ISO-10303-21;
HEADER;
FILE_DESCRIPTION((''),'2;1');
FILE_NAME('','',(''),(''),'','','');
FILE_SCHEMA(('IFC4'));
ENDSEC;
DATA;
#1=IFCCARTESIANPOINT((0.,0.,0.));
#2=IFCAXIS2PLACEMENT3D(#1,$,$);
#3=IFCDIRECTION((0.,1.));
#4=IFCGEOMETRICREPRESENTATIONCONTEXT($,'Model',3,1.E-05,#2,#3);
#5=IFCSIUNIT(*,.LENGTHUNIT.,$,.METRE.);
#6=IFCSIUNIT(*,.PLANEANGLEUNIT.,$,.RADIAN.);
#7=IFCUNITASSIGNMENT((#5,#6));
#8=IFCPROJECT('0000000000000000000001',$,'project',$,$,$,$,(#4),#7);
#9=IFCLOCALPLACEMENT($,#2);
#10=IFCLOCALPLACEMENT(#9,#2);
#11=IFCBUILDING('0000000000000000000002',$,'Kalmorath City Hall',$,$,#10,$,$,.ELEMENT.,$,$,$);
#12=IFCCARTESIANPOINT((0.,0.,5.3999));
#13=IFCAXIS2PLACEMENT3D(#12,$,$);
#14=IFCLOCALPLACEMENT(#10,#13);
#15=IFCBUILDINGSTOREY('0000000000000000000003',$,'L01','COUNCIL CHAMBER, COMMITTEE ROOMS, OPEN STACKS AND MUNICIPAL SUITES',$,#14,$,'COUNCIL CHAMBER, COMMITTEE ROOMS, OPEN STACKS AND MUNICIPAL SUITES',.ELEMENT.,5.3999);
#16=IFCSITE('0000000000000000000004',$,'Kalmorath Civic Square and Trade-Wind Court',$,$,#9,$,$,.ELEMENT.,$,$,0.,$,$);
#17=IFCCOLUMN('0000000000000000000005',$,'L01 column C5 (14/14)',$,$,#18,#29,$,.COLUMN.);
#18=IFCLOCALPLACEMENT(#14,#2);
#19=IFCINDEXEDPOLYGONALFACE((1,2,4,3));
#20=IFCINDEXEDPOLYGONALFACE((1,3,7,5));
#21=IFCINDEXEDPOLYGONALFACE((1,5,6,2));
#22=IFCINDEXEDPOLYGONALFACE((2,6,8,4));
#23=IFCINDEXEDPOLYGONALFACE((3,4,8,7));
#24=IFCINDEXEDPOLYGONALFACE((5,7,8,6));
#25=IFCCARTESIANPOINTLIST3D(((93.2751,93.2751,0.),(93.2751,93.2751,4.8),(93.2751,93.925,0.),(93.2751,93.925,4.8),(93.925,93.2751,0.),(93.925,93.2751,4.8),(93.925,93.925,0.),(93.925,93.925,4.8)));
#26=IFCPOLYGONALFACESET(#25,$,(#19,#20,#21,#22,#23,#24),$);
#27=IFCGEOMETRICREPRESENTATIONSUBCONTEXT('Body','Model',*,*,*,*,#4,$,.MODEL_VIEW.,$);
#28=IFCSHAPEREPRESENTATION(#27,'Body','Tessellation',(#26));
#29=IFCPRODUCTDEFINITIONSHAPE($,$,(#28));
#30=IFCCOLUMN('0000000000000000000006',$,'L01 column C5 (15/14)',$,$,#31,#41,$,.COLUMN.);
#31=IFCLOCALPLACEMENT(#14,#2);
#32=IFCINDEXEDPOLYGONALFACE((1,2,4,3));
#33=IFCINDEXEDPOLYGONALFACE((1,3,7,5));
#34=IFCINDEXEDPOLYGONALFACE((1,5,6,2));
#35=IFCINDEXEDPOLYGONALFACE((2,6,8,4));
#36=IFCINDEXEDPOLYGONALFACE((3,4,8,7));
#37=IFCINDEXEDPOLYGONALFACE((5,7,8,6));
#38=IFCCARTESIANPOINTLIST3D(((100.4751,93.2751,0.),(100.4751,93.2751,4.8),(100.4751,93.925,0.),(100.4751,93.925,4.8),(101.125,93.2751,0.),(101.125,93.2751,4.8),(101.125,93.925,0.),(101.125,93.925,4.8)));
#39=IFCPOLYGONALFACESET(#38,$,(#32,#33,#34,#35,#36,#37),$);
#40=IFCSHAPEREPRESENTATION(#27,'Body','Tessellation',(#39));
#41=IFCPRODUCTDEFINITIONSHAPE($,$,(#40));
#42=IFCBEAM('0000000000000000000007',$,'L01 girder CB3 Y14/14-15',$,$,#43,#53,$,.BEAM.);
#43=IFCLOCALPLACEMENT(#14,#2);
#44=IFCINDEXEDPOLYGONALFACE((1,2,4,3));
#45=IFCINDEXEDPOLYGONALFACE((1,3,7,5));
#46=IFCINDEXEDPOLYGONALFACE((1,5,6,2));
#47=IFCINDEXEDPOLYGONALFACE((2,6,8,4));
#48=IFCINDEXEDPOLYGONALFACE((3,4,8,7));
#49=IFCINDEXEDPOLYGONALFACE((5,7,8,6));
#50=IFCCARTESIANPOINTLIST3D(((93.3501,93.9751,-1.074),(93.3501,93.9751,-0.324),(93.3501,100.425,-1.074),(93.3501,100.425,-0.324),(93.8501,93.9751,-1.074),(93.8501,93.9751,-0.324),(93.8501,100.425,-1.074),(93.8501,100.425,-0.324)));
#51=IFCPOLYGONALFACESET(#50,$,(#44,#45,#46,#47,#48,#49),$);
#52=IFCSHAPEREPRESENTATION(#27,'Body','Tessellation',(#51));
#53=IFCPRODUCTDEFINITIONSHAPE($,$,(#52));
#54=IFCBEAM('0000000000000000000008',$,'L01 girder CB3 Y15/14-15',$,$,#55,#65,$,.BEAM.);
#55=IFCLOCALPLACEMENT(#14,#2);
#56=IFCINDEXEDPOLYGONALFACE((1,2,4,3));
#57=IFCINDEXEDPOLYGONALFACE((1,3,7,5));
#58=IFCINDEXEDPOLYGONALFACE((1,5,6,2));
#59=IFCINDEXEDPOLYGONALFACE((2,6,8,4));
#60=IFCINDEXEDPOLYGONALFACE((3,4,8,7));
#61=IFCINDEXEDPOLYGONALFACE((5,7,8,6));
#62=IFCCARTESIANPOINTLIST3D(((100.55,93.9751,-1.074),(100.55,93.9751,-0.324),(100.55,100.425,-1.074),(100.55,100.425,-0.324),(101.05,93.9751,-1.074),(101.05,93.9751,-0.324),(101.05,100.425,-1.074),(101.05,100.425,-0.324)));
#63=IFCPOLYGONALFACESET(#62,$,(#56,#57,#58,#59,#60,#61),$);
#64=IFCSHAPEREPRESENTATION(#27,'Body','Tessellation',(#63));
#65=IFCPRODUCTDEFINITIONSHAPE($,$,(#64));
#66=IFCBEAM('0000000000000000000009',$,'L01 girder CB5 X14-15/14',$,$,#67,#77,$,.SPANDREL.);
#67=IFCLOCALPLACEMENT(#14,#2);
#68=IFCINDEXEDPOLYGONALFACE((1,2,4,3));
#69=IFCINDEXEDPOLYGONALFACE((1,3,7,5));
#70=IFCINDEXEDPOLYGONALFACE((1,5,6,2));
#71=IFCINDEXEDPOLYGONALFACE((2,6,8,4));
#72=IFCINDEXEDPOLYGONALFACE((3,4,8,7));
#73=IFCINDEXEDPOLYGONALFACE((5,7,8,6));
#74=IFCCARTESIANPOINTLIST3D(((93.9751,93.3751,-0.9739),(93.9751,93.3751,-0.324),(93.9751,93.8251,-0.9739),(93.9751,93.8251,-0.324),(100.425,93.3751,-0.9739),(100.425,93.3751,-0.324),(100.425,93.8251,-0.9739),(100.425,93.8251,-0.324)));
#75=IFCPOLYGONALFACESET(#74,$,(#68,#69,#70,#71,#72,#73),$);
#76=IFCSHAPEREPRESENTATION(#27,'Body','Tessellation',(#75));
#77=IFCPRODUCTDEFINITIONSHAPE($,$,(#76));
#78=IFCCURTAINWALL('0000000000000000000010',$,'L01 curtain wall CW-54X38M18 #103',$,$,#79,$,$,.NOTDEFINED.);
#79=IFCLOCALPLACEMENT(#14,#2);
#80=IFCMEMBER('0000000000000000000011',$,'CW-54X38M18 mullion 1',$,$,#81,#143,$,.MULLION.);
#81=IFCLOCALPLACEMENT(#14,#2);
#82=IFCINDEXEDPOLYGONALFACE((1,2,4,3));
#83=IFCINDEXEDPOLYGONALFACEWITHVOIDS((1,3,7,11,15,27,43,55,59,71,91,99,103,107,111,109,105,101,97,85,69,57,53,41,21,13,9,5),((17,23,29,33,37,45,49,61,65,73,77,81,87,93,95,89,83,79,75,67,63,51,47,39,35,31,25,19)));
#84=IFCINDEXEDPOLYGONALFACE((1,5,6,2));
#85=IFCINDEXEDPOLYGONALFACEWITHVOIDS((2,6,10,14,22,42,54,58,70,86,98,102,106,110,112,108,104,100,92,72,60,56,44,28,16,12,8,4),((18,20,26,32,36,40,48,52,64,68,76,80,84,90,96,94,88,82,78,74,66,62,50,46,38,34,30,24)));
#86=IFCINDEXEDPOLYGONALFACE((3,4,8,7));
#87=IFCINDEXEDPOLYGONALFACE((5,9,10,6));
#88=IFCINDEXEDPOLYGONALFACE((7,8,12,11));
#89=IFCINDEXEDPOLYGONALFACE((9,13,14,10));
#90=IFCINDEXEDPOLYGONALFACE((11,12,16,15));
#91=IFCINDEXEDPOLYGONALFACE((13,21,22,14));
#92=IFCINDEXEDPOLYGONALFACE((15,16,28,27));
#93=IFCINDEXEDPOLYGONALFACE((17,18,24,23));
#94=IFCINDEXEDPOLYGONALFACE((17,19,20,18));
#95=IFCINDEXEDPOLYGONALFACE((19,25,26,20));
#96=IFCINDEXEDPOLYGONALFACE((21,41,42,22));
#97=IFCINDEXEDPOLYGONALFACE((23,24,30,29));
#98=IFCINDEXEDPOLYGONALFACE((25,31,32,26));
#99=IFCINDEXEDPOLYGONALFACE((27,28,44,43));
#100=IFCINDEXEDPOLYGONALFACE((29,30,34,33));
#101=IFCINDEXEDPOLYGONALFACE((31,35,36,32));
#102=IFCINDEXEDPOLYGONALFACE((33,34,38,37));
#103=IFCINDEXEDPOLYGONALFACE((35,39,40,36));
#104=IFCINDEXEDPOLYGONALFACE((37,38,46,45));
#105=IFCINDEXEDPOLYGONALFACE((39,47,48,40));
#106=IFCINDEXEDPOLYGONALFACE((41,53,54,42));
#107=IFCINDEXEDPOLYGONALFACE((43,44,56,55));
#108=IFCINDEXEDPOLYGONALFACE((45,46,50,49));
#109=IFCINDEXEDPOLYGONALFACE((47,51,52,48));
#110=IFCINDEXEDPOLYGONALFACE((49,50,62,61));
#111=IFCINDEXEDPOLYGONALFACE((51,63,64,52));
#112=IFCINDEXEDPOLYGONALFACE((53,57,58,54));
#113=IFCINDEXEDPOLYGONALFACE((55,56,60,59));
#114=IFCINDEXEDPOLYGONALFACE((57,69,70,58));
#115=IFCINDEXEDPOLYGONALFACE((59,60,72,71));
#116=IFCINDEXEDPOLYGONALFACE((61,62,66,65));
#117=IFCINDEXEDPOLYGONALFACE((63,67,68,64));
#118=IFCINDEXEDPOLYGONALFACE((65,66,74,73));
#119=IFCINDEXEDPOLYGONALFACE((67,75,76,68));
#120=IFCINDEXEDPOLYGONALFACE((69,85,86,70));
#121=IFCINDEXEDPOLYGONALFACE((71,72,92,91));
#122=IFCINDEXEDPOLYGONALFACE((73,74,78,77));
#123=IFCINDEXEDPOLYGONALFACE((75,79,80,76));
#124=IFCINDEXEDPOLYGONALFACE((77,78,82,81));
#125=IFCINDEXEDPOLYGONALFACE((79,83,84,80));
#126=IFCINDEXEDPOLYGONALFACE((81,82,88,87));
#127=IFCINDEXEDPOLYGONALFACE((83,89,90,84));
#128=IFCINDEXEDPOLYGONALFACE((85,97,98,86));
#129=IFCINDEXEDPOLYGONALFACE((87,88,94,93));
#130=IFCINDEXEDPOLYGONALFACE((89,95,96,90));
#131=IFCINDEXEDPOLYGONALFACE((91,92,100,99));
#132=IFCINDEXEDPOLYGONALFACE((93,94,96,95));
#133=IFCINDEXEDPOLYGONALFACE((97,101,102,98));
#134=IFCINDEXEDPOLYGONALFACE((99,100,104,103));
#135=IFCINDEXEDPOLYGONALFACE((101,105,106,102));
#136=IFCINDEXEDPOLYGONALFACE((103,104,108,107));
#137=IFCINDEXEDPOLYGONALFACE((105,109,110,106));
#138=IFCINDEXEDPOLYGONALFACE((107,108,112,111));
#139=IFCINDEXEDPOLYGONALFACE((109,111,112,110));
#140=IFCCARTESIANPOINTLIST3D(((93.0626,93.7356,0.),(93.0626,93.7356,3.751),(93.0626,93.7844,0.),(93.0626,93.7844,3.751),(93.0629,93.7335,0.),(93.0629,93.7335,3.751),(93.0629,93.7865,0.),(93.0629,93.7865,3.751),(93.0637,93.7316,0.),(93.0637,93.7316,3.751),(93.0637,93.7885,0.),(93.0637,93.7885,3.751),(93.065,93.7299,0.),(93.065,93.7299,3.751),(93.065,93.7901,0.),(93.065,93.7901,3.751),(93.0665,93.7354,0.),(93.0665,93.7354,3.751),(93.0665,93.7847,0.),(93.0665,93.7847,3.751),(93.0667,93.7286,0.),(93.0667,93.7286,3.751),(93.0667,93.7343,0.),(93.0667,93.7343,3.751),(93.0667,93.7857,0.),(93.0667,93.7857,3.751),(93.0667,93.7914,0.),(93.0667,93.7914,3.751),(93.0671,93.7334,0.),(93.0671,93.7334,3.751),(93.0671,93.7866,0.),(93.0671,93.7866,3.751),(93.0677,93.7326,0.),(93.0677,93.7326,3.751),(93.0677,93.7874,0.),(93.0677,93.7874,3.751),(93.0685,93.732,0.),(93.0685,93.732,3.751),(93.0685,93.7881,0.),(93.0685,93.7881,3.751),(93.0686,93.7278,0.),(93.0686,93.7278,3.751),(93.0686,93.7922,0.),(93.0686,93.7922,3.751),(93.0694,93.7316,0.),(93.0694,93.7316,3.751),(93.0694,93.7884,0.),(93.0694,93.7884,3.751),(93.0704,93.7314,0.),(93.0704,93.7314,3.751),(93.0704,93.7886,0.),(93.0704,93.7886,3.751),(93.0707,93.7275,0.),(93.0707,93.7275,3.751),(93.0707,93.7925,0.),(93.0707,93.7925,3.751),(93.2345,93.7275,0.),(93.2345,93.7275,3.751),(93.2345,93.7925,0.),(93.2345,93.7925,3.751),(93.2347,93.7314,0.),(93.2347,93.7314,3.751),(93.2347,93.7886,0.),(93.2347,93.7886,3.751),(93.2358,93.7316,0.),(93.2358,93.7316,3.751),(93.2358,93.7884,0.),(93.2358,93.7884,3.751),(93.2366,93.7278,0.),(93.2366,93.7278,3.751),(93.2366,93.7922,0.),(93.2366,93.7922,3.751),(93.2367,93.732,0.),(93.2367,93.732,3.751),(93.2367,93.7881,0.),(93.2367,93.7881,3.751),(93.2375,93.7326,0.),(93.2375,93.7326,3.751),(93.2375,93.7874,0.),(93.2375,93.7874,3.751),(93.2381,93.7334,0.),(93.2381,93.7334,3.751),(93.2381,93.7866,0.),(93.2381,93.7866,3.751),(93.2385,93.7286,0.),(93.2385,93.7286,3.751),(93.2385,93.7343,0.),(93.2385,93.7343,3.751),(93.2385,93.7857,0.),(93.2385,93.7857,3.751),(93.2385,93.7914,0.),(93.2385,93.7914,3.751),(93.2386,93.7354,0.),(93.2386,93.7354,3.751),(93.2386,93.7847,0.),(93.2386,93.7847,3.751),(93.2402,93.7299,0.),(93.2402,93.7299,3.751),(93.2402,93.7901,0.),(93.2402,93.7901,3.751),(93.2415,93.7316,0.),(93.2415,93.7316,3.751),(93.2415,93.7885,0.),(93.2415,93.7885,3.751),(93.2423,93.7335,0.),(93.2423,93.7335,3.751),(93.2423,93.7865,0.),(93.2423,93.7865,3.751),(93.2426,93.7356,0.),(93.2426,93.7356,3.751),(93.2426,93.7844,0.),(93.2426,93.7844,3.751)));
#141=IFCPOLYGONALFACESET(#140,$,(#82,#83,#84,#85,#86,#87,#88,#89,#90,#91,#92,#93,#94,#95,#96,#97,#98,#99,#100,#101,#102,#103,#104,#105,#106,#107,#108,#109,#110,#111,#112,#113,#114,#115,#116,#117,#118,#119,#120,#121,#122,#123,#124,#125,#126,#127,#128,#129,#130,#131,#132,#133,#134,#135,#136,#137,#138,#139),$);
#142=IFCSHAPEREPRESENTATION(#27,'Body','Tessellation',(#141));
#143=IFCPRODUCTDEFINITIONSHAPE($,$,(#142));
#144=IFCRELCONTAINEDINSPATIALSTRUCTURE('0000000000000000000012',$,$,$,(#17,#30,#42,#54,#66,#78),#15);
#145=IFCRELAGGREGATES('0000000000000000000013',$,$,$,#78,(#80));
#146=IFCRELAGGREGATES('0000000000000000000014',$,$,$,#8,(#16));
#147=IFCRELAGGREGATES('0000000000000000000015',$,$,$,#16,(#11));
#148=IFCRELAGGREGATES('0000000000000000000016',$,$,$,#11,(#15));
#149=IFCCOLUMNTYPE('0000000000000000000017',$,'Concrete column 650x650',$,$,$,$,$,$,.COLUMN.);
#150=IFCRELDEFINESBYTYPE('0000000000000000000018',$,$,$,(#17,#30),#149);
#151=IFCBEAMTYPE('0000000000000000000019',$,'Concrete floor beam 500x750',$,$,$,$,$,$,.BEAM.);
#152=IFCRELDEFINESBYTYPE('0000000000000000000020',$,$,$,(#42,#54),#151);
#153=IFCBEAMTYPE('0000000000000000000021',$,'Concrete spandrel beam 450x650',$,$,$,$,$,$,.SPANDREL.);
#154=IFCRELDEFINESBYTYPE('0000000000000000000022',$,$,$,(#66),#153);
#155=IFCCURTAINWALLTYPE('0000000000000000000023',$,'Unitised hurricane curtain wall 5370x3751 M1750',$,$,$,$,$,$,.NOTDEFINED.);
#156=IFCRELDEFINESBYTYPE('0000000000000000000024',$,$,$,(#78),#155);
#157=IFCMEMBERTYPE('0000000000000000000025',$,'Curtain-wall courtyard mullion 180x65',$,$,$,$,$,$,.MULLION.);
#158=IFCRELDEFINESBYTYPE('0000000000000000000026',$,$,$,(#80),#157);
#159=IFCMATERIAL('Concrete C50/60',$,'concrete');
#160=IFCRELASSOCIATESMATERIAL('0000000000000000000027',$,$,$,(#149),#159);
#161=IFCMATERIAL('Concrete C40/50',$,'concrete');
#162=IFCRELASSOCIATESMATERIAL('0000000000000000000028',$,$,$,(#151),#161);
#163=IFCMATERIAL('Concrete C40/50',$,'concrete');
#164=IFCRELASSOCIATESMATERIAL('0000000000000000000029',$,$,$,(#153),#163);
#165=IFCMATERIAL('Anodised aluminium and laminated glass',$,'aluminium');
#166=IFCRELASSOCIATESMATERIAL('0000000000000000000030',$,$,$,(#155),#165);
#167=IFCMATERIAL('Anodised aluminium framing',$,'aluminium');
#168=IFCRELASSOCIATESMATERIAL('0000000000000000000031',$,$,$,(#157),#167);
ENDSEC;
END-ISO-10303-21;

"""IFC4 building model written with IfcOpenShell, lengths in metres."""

from ifc_helpers import new_model, si_unit, direction, frame, origin, origin_2d, place, context, subcontext, project, spatial, rectangle, hollow_rectangle, extrude, material, material_profile, profile_set, type_object, element, aggregate, save


model = new_model("IFC4")

# Units and contexts
model_context = context("Model", 3, precision=1e-05, world=origin(), true_north=direction((0.0, 1.0)))
body_context = subcontext(model_context, "Body", "Model", "MODEL_VIEW")
ifc_project = project(units=[si_unit("LENGTHUNIT", "METRE"), si_unit("PLANEANGLEUNIT", "RADIAN")], contexts=[model_context])

# Site, building, storey
site_placement = place(None, origin())
site = spatial("IfcSite", under=ifc_project, at=site_placement, Name="Kalmorath Civic Square and Trade-Wind Court", CompositionType="ELEMENT", RefElevation=0.0)
building_placement = place(site_placement, origin())
building = spatial("IfcBuilding", under=site, at=building_placement, Name="Kalmorath City Hall", CompositionType="ELEMENT")
storey_placement = place(building_placement, frame((0.0, 0.0, 5.3999)))
storey = spatial("IfcBuildingStorey", under=building, at=storey_placement, Name="L01", Description="COUNCIL CHAMBER, COMMITTEE ROOMS, OPEN STACKS AND MUNICIPAL SUITES", LongName="COUNCIL CHAMBER, COMMITTEE ROOMS, OPEN STACKS AND MUNICIPAL SUITES", CompositionType="ELEMENT", Elevation=5.3999)

# Columns
ifc_material_1 = material(Name="Concrete C50/60", Category="concrete")
ifc_material_profile_1 = material_profile(ifc_material_1, rectangle(XDim=0.6499, YDim=0.6499, at=origin_2d()), Name="RC-COL-650X650")
ifc_profile_set_1 = profile_set([ifc_material_profile_1], Name="Concrete C50/60")
column_type = type_object("IfcColumnType", Name="Concrete column 650x650", PredefinedType="COLUMN", material=ifc_profile_set_1)
for number, where, z_axis, x_axis, name in (
    (1, (93.6001, 93.6001, 0.0), (0.0, 0.0, 1.0), (1.0, 0.0, 0.0), "L01 column C5 (14/14)"),
    (2, (100.8, 93.6001, 0.0), (0.0, 0.0, 1.0), (1.0, 0.0, 0.0), "L01 column C5 (15/14)"),
):
    element("IfcColumn", number, at=place(storey_placement, frame(where, z_axis=z_axis, x_axis=x_axis)), inside=storey, type_object=column_type, Name=name, PredefinedType="COLUMN", context=body_context, shape_type="SweptSolid", body=[
        extrude(rectangle(XDim=0.6499, YDim=0.6499, at=origin_2d()), origin(), (0.0, 0.0, 1.0), 4.8),
    ])

# Beams
ifc_material_2 = material(Name="Concrete C40/50", Category="concrete")
ifc_material_profile_2 = material_profile(ifc_material_2, rectangle(XDim=0.5, YDim=0.75, at=origin_2d()), Name="RC-BM-500X750")
ifc_profile_set_2 = profile_set([ifc_material_profile_2], Name="Concrete C40/50")
beam_type_1 = type_object("IfcBeamType", Name="Concrete floor beam 500x750", PredefinedType="BEAM", material=ifc_profile_set_2)
for number, where, z_axis, x_axis, name in (
    (3, (93.6001, 93.9751, -0.699), (0.0, 1.0, 0.0), (-1.0, 0.0, 0.0), "L01 girder CB3 Y14/14-15"),
    (4, (100.8, 93.9751, -0.699), (0.0, 1.0, 0.0), (-1.0, 0.0, 0.0), "L01 girder CB3 Y15/14-15"),
):
    element("IfcBeam", number, at=place(storey_placement, frame(where, z_axis=z_axis, x_axis=x_axis)), inside=storey, type_object=beam_type_1, Name=name, PredefinedType="BEAM", context=body_context, shape_type="SweptSolid", body=[
        extrude(rectangle(XDim=0.5, YDim=0.75, at=origin_2d()), origin(), (0.0, 0.0, 1.0), 6.45),
    ])
ifc_material_3 = material(Name="Concrete C40/50", Category="concrete")
ifc_material_profile_3 = material_profile(ifc_material_3, rectangle(XDim=0.45, YDim=0.6499, at=origin_2d()), Name="RC-BM-450X650")
ifc_profile_set_3 = profile_set([ifc_material_profile_3], Name="Concrete C40/50")
beam_type_2 = type_object("IfcBeamType", Name="Concrete spandrel beam 450x650", PredefinedType="SPANDREL", material=ifc_profile_set_3)
beam_placement = place(storey_placement, frame((93.9751, 93.6001, -0.6489), z_axis=(1.0, 0.0, 0.0), x_axis=(0.0, 1.0, 0.0)))
element("IfcBeam", 5, at=beam_placement, inside=storey, type_object=beam_type_2, Name="L01 girder CB5 X14-15/14", PredefinedType="SPANDREL", context=body_context, shape_type="SweptSolid", body=[
    extrude(rectangle(XDim=0.45, YDim=0.6499, at=origin_2d()), origin(), (0.0, 0.0, 1.0), 6.45),
])

# Curtain wall, member
ifc_material_4 = material(Name="Anodised aluminium and laminated glass", Category="aluminium")
curtain_wall_type = type_object("IfcCurtainWallType", Name="Unitised hurricane curtain wall 5370x3751 M1750", PredefinedType="NOTDEFINED", material=ifc_material_4)
curtain_wall_placement = place(storey_placement, origin())
curtain_wall = element("IfcCurtainWall", 6, at=curtain_wall_placement, inside=storey, type_object=curtain_wall_type, Name="L01 curtain wall CW-54X38M18 #103", PredefinedType="NOTDEFINED")
ifc_material_5 = material(Name="Anodised aluminium framing", Category="aluminium")
ifc_material_profile_4 = material_profile(ifc_material_5, hollow_rectangle(XDim=0.0649, YDim=0.1799, WallThickness=0.0039, InnerFilletRadius=0.0039, OuterFilletRadius=0.0081, at=origin_2d()), Name="ALU-MUL-180X65X4")
ifc_profile_set_4 = profile_set([ifc_material_profile_4], Name="Anodised aluminium framing")
member_type_1 = type_object("IfcMemberType", Name="Curtain-wall courtyard mullion 180x65", PredefinedType="MULLION", material=ifc_profile_set_4)
member_1_placement = place(storey_placement, frame((93.1526, 93.76, 0.0), z_axis=(0.0, 0.0, 1.0), x_axis=(0.0, -1.0, 0.0)))
member_1 = element("IfcMember", 7, at=member_1_placement, type_object=member_type_1, Name="CW-54X38M18 mullion 1", PredefinedType="MULLION", context=body_context, shape_type="SweptSolid", body=[
    extrude(hollow_rectangle(XDim=0.0649, YDim=0.1799, WallThickness=0.0039, InnerFilletRadius=0.0039, OuterFilletRadius=0.0081, at=origin_2d()), origin(), (0.0, 0.0, 1.0), 3.751),
])

aggregate(curtain_wall, [member_1])

save(model, "model.ifc")
